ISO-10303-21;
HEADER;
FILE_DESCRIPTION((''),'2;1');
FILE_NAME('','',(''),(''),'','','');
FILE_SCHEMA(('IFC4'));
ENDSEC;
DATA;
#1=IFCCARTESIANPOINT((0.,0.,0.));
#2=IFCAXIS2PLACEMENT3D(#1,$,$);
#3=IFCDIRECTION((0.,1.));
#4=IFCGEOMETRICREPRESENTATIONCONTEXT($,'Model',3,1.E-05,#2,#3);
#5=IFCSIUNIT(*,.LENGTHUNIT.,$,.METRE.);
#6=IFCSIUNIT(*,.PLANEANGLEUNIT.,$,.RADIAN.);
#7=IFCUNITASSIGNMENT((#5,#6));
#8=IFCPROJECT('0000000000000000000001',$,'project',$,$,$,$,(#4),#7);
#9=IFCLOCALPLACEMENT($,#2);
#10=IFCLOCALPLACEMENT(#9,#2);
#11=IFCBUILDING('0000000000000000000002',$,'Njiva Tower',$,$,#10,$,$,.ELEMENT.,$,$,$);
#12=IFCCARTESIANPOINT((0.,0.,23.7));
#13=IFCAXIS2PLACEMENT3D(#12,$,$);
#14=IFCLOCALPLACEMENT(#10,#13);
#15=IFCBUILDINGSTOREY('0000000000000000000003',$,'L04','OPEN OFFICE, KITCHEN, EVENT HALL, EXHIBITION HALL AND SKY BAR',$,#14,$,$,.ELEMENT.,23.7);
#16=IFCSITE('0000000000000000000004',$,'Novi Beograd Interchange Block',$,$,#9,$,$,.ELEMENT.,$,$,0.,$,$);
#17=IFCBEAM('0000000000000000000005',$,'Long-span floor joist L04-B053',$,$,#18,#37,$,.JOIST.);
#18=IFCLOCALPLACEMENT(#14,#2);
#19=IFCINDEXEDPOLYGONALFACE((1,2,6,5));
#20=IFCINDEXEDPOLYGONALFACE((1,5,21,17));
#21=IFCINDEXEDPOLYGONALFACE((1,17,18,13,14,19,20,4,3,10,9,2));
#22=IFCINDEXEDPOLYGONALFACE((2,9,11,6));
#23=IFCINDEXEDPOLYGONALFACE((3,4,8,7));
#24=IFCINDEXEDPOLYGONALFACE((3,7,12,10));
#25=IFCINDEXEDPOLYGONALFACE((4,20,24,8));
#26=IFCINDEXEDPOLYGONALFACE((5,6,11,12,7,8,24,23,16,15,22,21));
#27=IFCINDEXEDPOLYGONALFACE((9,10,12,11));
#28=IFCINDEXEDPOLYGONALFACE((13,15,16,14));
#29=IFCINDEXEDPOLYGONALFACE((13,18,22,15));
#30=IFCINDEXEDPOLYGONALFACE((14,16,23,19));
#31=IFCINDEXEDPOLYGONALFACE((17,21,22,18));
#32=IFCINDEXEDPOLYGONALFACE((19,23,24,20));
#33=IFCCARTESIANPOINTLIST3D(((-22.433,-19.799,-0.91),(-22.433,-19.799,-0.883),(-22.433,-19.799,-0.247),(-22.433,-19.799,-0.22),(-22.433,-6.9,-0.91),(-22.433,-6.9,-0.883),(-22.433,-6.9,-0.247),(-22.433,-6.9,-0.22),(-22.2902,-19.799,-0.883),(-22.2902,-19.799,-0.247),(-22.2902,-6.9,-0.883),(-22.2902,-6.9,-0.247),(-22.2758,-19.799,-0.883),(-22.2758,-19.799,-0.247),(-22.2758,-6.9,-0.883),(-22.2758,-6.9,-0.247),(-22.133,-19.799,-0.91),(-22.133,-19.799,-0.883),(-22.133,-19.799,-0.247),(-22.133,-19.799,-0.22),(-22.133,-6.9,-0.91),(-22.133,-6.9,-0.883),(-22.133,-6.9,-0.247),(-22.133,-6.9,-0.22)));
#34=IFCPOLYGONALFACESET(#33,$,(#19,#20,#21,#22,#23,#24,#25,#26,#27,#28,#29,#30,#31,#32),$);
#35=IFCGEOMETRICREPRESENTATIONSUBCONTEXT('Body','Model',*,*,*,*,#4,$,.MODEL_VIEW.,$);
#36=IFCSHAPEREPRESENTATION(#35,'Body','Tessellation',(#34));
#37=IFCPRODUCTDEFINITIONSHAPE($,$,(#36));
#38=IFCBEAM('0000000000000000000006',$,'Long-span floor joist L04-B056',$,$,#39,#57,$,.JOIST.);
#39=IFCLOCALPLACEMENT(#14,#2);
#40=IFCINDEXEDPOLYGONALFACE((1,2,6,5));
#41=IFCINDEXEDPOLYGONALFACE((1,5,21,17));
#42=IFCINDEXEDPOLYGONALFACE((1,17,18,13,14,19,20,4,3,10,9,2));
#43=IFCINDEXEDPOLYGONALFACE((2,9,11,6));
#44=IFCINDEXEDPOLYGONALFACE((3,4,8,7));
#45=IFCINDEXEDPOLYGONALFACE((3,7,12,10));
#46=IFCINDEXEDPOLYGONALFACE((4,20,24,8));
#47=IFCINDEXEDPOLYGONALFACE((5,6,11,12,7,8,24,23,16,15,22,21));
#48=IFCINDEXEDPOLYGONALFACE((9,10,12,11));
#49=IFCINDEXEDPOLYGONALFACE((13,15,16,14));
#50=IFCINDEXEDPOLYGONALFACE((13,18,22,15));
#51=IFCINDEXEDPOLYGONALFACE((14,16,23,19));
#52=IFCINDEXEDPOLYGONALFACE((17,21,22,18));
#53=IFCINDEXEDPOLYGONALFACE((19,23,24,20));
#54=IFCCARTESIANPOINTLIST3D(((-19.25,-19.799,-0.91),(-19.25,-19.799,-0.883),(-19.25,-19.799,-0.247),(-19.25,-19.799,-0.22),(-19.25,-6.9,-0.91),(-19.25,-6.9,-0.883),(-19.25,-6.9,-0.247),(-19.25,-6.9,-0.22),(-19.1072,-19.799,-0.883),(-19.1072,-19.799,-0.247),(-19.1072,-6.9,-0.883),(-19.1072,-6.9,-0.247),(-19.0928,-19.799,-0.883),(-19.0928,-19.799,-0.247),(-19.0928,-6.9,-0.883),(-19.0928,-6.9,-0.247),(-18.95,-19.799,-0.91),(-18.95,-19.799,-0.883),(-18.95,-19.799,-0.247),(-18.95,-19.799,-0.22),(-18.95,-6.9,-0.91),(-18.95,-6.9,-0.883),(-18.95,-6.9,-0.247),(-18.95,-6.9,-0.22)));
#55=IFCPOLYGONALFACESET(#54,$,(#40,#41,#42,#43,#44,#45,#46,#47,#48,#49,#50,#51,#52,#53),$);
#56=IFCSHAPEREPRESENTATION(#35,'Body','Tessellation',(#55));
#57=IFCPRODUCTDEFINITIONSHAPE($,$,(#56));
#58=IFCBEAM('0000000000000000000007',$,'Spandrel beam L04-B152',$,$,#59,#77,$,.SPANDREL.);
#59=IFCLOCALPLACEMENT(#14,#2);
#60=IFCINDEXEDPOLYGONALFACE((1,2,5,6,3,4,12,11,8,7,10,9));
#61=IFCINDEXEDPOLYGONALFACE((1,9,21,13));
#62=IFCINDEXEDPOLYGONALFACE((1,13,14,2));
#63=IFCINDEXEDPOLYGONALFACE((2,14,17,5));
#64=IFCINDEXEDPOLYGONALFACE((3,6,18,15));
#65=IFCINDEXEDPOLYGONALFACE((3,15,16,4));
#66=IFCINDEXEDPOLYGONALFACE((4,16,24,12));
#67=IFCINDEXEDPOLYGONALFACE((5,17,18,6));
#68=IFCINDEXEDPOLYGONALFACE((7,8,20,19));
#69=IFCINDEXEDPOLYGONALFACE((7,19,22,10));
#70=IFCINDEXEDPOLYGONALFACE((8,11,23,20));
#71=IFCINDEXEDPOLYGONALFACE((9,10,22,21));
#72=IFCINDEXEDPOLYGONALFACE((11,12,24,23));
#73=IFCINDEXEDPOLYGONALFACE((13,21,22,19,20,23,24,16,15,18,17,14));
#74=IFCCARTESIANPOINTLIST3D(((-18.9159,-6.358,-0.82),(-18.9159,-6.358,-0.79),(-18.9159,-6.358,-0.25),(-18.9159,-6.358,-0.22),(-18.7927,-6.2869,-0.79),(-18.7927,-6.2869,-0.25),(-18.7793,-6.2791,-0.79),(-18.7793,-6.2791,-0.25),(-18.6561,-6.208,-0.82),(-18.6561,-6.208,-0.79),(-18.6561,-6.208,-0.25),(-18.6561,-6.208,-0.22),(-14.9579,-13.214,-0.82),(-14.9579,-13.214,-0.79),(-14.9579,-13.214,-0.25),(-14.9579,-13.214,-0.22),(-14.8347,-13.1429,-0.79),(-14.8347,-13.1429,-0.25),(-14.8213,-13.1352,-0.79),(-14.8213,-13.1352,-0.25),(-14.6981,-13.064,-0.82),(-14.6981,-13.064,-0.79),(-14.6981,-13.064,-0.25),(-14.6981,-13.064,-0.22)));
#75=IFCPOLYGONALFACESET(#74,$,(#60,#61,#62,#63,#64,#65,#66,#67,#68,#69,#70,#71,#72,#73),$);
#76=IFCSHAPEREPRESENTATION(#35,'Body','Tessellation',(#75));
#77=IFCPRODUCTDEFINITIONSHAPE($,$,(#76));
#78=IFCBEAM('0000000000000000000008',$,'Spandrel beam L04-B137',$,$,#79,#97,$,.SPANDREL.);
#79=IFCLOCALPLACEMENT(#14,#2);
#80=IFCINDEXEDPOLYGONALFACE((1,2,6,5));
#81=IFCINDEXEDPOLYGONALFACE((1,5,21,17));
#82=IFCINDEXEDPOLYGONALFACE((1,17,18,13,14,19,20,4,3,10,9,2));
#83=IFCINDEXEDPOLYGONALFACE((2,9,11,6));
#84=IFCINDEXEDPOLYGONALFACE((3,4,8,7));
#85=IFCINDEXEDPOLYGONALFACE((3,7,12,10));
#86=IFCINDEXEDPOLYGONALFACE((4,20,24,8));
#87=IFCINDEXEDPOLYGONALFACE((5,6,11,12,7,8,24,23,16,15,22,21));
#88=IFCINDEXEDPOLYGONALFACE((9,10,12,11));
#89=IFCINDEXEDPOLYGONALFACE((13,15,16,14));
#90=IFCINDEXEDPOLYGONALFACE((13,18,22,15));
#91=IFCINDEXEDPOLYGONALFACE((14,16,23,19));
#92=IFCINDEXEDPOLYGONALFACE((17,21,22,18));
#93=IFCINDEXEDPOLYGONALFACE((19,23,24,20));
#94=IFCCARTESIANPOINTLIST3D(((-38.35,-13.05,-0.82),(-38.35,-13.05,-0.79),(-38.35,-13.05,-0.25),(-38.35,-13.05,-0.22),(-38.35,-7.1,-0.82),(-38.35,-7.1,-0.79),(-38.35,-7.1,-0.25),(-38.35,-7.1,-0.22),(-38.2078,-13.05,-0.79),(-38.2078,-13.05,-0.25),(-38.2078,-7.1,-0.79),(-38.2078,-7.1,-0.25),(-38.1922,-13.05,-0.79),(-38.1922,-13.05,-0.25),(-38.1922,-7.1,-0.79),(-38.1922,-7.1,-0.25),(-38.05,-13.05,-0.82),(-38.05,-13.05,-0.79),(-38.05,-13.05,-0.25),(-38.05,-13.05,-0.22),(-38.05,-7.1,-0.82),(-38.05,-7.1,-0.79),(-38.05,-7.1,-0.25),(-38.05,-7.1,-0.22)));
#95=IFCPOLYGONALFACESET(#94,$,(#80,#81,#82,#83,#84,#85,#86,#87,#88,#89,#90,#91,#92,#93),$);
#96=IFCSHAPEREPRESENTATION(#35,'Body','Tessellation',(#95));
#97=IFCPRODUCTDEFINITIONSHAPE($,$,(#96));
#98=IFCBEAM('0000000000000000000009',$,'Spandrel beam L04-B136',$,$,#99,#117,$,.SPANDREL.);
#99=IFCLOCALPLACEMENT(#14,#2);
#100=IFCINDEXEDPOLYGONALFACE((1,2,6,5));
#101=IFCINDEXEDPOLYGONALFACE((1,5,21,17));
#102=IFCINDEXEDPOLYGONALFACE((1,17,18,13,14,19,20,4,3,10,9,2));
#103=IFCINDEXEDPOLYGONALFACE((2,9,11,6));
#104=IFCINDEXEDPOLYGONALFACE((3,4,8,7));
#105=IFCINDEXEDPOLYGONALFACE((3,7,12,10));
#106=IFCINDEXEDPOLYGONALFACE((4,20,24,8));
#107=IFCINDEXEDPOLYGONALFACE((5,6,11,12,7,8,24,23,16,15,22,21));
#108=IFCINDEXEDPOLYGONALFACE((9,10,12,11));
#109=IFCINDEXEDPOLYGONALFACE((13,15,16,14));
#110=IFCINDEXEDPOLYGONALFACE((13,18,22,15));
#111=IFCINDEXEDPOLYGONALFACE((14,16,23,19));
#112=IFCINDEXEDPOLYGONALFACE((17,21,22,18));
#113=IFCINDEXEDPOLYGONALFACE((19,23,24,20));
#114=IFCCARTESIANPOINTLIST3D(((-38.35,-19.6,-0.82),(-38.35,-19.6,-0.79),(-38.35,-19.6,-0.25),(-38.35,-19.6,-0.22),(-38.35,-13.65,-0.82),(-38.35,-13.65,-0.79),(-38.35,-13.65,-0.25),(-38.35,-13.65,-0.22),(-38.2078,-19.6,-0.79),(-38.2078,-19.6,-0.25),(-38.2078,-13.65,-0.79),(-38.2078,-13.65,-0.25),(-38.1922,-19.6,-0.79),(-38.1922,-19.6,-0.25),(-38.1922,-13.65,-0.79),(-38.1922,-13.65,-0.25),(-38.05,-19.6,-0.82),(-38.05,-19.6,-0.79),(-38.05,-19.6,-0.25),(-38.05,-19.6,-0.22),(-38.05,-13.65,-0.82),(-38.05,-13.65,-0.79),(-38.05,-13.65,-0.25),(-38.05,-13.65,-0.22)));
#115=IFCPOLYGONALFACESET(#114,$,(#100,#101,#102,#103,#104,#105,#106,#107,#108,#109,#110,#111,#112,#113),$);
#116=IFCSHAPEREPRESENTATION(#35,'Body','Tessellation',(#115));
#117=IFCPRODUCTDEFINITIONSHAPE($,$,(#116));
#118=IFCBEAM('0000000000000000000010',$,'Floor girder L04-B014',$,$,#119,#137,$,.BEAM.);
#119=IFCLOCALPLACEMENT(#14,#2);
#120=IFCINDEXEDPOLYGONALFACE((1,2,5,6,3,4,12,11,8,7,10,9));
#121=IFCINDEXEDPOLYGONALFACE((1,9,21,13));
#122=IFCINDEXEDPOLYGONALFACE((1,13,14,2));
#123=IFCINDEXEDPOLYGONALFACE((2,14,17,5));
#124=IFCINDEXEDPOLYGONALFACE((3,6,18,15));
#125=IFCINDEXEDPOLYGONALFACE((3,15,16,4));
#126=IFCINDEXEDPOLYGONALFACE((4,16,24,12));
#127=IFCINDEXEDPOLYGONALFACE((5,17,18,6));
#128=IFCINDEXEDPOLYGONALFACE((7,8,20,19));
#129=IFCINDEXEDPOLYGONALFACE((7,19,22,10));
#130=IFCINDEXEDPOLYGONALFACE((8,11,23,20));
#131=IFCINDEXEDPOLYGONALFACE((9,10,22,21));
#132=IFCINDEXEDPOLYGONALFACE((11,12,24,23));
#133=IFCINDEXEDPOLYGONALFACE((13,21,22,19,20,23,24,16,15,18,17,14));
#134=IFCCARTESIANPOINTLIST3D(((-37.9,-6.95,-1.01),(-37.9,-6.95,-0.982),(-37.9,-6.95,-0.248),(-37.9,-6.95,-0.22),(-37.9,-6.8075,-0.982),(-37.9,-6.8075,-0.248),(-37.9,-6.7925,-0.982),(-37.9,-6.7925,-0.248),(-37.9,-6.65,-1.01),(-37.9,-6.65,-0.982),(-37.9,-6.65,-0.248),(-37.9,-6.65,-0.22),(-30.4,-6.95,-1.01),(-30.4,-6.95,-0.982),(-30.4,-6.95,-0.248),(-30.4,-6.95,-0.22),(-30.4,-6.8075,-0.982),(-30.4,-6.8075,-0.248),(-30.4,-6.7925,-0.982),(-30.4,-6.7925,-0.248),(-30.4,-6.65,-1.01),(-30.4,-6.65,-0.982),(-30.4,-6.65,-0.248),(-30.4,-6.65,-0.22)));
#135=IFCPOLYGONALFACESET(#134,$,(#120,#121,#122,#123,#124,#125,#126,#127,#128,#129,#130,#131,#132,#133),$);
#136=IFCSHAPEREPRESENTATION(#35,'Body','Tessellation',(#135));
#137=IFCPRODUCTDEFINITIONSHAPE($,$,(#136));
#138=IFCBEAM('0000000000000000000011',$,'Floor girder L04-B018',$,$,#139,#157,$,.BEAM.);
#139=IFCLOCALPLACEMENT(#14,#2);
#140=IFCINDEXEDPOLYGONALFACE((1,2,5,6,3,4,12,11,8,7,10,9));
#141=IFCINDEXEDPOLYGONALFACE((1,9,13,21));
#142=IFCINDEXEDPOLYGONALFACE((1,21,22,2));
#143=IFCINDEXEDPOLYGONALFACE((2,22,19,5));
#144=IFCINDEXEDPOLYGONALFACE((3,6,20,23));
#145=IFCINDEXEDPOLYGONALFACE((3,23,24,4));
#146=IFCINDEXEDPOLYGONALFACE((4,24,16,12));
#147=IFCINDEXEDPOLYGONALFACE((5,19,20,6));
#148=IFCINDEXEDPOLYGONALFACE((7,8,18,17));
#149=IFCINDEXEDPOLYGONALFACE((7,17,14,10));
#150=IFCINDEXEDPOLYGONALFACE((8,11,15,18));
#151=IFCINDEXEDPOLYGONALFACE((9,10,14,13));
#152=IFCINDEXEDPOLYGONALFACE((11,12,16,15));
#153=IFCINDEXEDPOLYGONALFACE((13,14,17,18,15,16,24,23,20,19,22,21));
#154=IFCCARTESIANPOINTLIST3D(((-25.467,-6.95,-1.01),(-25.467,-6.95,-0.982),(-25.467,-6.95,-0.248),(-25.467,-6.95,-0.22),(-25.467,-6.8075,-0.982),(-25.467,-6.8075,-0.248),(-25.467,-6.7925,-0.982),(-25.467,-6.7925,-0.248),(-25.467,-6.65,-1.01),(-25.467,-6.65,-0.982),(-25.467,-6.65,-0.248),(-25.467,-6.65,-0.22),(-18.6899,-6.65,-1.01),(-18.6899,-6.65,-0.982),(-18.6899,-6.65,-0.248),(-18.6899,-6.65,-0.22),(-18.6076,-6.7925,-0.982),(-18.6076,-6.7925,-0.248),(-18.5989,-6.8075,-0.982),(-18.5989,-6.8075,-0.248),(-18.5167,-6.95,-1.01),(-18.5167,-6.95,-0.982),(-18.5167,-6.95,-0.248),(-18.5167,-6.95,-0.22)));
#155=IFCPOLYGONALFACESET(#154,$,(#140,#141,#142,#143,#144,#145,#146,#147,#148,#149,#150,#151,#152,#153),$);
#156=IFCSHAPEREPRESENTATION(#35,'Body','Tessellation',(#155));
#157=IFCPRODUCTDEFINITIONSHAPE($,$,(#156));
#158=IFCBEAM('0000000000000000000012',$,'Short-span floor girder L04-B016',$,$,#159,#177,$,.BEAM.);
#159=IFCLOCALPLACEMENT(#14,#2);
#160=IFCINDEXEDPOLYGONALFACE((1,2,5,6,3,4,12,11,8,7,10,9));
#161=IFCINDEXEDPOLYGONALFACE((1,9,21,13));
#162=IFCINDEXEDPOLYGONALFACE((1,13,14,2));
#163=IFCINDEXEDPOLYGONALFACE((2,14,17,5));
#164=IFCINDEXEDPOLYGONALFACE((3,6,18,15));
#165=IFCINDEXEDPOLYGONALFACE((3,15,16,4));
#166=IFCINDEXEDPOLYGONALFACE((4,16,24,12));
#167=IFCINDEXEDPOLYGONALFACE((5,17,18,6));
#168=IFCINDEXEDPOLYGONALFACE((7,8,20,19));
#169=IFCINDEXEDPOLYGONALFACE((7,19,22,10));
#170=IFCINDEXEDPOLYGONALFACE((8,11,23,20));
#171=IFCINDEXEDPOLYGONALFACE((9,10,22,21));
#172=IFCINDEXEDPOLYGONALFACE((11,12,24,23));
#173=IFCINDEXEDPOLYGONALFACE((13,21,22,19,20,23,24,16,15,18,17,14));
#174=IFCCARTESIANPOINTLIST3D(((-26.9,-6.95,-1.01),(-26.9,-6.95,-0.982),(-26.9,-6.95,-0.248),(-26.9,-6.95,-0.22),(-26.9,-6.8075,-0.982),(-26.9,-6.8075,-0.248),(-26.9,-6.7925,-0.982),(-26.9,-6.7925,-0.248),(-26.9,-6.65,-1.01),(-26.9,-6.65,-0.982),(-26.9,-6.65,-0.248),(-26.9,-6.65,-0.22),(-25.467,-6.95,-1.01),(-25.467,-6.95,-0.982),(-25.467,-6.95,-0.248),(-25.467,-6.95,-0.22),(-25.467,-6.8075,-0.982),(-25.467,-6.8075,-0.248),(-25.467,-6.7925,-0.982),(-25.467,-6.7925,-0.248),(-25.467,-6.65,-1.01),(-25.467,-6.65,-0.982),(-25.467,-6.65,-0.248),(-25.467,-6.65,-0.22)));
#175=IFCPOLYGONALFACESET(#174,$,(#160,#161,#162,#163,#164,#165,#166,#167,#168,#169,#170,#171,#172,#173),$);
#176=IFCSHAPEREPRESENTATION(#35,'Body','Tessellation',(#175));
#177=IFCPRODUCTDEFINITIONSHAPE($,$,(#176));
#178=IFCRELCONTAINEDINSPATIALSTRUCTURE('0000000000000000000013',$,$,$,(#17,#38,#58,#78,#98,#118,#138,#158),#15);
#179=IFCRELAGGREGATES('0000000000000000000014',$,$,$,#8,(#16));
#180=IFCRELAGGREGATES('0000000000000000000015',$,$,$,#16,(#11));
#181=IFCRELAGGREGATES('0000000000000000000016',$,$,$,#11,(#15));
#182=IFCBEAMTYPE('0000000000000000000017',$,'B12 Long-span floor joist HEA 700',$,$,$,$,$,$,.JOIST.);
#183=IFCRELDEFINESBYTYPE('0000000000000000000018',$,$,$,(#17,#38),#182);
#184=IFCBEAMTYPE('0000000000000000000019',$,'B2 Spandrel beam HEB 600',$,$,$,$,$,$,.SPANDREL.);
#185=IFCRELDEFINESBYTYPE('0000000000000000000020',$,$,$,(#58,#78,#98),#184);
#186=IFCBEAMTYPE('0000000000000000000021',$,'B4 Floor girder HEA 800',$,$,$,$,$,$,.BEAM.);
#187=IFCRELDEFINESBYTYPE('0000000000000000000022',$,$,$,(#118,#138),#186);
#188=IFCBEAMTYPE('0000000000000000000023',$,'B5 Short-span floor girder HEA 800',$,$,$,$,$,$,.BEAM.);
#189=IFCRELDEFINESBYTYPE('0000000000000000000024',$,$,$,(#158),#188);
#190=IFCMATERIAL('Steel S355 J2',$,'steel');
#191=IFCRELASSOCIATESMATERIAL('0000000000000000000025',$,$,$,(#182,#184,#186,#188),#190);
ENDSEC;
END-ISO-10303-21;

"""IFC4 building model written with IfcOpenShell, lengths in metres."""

from ifc_helpers import new_model, si_unit, direction, frame, origin, origin_2d, place, context, subcontext, project, spatial, i_section, extrude, clip, halfspace, material, material_profile, profile_set, type_object, element, save


model = new_model("IFC4")

# Units and contexts
model_context = context("Model", 3, precision=1e-05, world=origin(), true_north=direction((0.0, 1.0)))
body_context = subcontext(model_context, "Body", "Model", "MODEL_VIEW")
ifc_project = project(units=[si_unit("LENGTHUNIT", "METRE"), si_unit("PLANEANGLEUNIT", "RADIAN")], contexts=[model_context])

# Site, building, storey
site_placement = place(None, origin())
site = spatial("IfcSite", under=ifc_project, at=site_placement, Name="Novi Beograd Interchange Block", CompositionType="ELEMENT", RefElevation=0.0)
building_placement = place(site_placement, origin())
building = spatial("IfcBuilding", under=site, at=building_placement, Name="Njiva Tower", CompositionType="ELEMENT")
storey_placement = place(building_placement, frame((0.0, 0.0, 23.7)))
storey = spatial("IfcBuildingStorey", under=building, at=storey_placement, Name="L04", Description="OPEN OFFICE, KITCHEN, EVENT HALL, EXHIBITION HALL AND SKY BAR", CompositionType="ELEMENT", Elevation=23.7)

# Shared definitions
ifc_material_1 = material(Name="Steel S355 J2", Category="steel")

# Beams
ifc_material_profile_1 = material_profile(ifc_material_1, i_section(OverallWidth=0.3, OverallDepth=0.69, WebThickness=0.0145, FlangeThickness=0.027, at=origin_2d()), Name="HEA 700")
ifc_profile_set_1 = profile_set([ifc_material_profile_1], Name="Steel S355 J2")
beam_type_1 = type_object("IfcBeamType", Name="B12 Long-span floor joist HEA 700", PredefinedType="JOIST", material=ifc_profile_set_1)
for number, where, z_axis, x_axis, name in (
    (1, (-22.283, -6.9, -0.565), (0.0, -1.0, 0.0), (1.0, 0.0, 0.0), "Long-span floor joist L04-B053"),
    (2, (-19.1, -6.9, -0.565), (0.0, -1.0, 0.0), (1.0, 0.0, 0.0), "Long-span floor joist L04-B056"),
):
    element("IfcBeam", number, at=place(storey_placement, frame(where, z_axis=z_axis, x_axis=x_axis)), inside=storey, type_object=beam_type_1, Name=name, PredefinedType="JOIST", context=body_context, shape_type="SweptSolid", body=[
        extrude(i_section(OverallWidth=0.3, OverallDepth=0.69, WebThickness=0.0145, FlangeThickness=0.027, at=origin_2d()), origin(), (0.0, 0.0, 1.0), 12.899),
    ])
ifc_material_profile_2 = material_profile(ifc_material_1, i_section(OverallWidth=0.3, OverallDepth=0.6, WebThickness=0.0155, FlangeThickness=0.03, at=origin_2d()), Name="HEB 600")
ifc_profile_set_2 = profile_set([ifc_material_profile_2], Name="Steel S355 J2")
beam_type_2 = type_object("IfcBeamType", Name="B2 Spandrel beam HEB 600", PredefinedType="SPANDREL", material=ifc_profile_set_2)
beam_1_placement = place(storey_placement, frame((-18.786, -6.283, -0.52), z_axis=(0.49997, -0.866043, 0.0), x_axis=(0.866043, 0.49997, 0.0)))
element("IfcBeam", 3, at=beam_1_placement, inside=storey, type_object=beam_type_2, Name="Spandrel beam L04-B152", PredefinedType="SPANDREL", context=body_context, shape_type="SweptSolid", body=[
    extrude(i_section(OverallWidth=0.3, OverallDepth=0.6, WebThickness=0.0155, FlangeThickness=0.03, at=origin_2d()), origin(), (0.0, 0.0, 1.0), 7.9165),
])
for number, where, z_axis, x_axis, name in (
    (4, (-38.2, -7.1, -0.52), (0.0, -1.0, 0.0), (1.0, 0.0, 0.0), "Spandrel beam L04-B137"),
    (5, (-38.2, -13.65, -0.52), (0.0, -1.0, 0.0), (1.0, 0.0, 0.0), "Spandrel beam L04-B136"),
):
    element("IfcBeam", number, at=place(storey_placement, frame(where, z_axis=z_axis, x_axis=x_axis)), inside=storey, type_object=beam_type_2, Name=name, PredefinedType="SPANDREL", context=body_context, shape_type="SweptSolid", body=[
        extrude(i_section(OverallWidth=0.3, OverallDepth=0.6, WebThickness=0.0155, FlangeThickness=0.03, at=origin_2d()), origin(), (0.0, 0.0, 1.0), 5.95),
    ])
ifc_material_profile_3 = material_profile(ifc_material_1, i_section(OverallWidth=0.3, OverallDepth=0.79, WebThickness=0.015, FlangeThickness=0.028, at=origin_2d()), Name="HEA 800")
ifc_profile_set_3 = profile_set([ifc_material_profile_3], Name="Steel S355 J2")
beam_type_3 = type_object("IfcBeamType", Name="B4 Floor girder HEA 800", PredefinedType="BEAM", material=ifc_profile_set_3)
beam_2_placement = place(storey_placement, frame((-37.9, -6.8, -0.615), z_axis=(1.0, 0.0, 0.0), x_axis=(0.0, 1.0, 0.0)))
element("IfcBeam", 6, at=beam_2_placement, inside=storey, type_object=beam_type_3, Name="Floor girder L04-B014", PredefinedType="BEAM", context=body_context, shape_type="SweptSolid", body=[
    extrude(i_section(OverallWidth=0.3, OverallDepth=0.79, WebThickness=0.015, FlangeThickness=0.028, at=origin_2d()), origin(), (0.0, 0.0, 1.0), 7.5),
])
beam_3_placement = place(storey_placement, frame((-25.467, -6.8, -0.615), z_axis=(1.0, 0.0, 0.0), x_axis=(0.0, 1.0, 0.0)))
element("IfcBeam", 7, at=beam_3_placement, inside=storey, type_object=beam_type_3, Name="Floor girder L04-B018", PredefinedType="BEAM", context=body_context, shape_type="Clipping", body=[
    clip(extrude(i_section(OverallWidth=0.3, OverallDepth=0.79, WebThickness=0.015, FlangeThickness=0.028, at=origin_2d()), origin(), (0.0, 0.0, 1.0), 6.971), halfspace(frame((0.025, 0.0, 6.8493), z_axis=(0.499998, 0.0, 0.866027), x_axis=(0.0, 1.0, 0.0)), False)),
])
ifc_material_profile_4 = material_profile(ifc_material_1, i_section(OverallWidth=0.3, OverallDepth=0.79, WebThickness=0.015, FlangeThickness=0.028, at=origin_2d()), Name="HEA 800")
ifc_profile_set_4 = profile_set([ifc_material_profile_4], Name="Steel S355 J2")
beam_type_4 = type_object("IfcBeamType", Name="B5 Short-span floor girder HEA 800", PredefinedType="BEAM", material=ifc_profile_set_4)
beam_4_placement = place(storey_placement, frame((-26.9, -6.8, -0.615), z_axis=(1.0, 0.0, 0.0), x_axis=(0.0, 1.0, 0.0)))
element("IfcBeam", 8, at=beam_4_placement, inside=storey, type_object=beam_type_4, Name="Short-span floor girder L04-B016", PredefinedType="BEAM", context=body_context, shape_type="SweptSolid", body=[
    extrude(i_section(OverallWidth=0.3, OverallDepth=0.79, WebThickness=0.015, FlangeThickness=0.028, at=origin_2d()), origin(), (0.0, 0.0, 1.0), 1.433),
])

save(model, "model.ifc")
